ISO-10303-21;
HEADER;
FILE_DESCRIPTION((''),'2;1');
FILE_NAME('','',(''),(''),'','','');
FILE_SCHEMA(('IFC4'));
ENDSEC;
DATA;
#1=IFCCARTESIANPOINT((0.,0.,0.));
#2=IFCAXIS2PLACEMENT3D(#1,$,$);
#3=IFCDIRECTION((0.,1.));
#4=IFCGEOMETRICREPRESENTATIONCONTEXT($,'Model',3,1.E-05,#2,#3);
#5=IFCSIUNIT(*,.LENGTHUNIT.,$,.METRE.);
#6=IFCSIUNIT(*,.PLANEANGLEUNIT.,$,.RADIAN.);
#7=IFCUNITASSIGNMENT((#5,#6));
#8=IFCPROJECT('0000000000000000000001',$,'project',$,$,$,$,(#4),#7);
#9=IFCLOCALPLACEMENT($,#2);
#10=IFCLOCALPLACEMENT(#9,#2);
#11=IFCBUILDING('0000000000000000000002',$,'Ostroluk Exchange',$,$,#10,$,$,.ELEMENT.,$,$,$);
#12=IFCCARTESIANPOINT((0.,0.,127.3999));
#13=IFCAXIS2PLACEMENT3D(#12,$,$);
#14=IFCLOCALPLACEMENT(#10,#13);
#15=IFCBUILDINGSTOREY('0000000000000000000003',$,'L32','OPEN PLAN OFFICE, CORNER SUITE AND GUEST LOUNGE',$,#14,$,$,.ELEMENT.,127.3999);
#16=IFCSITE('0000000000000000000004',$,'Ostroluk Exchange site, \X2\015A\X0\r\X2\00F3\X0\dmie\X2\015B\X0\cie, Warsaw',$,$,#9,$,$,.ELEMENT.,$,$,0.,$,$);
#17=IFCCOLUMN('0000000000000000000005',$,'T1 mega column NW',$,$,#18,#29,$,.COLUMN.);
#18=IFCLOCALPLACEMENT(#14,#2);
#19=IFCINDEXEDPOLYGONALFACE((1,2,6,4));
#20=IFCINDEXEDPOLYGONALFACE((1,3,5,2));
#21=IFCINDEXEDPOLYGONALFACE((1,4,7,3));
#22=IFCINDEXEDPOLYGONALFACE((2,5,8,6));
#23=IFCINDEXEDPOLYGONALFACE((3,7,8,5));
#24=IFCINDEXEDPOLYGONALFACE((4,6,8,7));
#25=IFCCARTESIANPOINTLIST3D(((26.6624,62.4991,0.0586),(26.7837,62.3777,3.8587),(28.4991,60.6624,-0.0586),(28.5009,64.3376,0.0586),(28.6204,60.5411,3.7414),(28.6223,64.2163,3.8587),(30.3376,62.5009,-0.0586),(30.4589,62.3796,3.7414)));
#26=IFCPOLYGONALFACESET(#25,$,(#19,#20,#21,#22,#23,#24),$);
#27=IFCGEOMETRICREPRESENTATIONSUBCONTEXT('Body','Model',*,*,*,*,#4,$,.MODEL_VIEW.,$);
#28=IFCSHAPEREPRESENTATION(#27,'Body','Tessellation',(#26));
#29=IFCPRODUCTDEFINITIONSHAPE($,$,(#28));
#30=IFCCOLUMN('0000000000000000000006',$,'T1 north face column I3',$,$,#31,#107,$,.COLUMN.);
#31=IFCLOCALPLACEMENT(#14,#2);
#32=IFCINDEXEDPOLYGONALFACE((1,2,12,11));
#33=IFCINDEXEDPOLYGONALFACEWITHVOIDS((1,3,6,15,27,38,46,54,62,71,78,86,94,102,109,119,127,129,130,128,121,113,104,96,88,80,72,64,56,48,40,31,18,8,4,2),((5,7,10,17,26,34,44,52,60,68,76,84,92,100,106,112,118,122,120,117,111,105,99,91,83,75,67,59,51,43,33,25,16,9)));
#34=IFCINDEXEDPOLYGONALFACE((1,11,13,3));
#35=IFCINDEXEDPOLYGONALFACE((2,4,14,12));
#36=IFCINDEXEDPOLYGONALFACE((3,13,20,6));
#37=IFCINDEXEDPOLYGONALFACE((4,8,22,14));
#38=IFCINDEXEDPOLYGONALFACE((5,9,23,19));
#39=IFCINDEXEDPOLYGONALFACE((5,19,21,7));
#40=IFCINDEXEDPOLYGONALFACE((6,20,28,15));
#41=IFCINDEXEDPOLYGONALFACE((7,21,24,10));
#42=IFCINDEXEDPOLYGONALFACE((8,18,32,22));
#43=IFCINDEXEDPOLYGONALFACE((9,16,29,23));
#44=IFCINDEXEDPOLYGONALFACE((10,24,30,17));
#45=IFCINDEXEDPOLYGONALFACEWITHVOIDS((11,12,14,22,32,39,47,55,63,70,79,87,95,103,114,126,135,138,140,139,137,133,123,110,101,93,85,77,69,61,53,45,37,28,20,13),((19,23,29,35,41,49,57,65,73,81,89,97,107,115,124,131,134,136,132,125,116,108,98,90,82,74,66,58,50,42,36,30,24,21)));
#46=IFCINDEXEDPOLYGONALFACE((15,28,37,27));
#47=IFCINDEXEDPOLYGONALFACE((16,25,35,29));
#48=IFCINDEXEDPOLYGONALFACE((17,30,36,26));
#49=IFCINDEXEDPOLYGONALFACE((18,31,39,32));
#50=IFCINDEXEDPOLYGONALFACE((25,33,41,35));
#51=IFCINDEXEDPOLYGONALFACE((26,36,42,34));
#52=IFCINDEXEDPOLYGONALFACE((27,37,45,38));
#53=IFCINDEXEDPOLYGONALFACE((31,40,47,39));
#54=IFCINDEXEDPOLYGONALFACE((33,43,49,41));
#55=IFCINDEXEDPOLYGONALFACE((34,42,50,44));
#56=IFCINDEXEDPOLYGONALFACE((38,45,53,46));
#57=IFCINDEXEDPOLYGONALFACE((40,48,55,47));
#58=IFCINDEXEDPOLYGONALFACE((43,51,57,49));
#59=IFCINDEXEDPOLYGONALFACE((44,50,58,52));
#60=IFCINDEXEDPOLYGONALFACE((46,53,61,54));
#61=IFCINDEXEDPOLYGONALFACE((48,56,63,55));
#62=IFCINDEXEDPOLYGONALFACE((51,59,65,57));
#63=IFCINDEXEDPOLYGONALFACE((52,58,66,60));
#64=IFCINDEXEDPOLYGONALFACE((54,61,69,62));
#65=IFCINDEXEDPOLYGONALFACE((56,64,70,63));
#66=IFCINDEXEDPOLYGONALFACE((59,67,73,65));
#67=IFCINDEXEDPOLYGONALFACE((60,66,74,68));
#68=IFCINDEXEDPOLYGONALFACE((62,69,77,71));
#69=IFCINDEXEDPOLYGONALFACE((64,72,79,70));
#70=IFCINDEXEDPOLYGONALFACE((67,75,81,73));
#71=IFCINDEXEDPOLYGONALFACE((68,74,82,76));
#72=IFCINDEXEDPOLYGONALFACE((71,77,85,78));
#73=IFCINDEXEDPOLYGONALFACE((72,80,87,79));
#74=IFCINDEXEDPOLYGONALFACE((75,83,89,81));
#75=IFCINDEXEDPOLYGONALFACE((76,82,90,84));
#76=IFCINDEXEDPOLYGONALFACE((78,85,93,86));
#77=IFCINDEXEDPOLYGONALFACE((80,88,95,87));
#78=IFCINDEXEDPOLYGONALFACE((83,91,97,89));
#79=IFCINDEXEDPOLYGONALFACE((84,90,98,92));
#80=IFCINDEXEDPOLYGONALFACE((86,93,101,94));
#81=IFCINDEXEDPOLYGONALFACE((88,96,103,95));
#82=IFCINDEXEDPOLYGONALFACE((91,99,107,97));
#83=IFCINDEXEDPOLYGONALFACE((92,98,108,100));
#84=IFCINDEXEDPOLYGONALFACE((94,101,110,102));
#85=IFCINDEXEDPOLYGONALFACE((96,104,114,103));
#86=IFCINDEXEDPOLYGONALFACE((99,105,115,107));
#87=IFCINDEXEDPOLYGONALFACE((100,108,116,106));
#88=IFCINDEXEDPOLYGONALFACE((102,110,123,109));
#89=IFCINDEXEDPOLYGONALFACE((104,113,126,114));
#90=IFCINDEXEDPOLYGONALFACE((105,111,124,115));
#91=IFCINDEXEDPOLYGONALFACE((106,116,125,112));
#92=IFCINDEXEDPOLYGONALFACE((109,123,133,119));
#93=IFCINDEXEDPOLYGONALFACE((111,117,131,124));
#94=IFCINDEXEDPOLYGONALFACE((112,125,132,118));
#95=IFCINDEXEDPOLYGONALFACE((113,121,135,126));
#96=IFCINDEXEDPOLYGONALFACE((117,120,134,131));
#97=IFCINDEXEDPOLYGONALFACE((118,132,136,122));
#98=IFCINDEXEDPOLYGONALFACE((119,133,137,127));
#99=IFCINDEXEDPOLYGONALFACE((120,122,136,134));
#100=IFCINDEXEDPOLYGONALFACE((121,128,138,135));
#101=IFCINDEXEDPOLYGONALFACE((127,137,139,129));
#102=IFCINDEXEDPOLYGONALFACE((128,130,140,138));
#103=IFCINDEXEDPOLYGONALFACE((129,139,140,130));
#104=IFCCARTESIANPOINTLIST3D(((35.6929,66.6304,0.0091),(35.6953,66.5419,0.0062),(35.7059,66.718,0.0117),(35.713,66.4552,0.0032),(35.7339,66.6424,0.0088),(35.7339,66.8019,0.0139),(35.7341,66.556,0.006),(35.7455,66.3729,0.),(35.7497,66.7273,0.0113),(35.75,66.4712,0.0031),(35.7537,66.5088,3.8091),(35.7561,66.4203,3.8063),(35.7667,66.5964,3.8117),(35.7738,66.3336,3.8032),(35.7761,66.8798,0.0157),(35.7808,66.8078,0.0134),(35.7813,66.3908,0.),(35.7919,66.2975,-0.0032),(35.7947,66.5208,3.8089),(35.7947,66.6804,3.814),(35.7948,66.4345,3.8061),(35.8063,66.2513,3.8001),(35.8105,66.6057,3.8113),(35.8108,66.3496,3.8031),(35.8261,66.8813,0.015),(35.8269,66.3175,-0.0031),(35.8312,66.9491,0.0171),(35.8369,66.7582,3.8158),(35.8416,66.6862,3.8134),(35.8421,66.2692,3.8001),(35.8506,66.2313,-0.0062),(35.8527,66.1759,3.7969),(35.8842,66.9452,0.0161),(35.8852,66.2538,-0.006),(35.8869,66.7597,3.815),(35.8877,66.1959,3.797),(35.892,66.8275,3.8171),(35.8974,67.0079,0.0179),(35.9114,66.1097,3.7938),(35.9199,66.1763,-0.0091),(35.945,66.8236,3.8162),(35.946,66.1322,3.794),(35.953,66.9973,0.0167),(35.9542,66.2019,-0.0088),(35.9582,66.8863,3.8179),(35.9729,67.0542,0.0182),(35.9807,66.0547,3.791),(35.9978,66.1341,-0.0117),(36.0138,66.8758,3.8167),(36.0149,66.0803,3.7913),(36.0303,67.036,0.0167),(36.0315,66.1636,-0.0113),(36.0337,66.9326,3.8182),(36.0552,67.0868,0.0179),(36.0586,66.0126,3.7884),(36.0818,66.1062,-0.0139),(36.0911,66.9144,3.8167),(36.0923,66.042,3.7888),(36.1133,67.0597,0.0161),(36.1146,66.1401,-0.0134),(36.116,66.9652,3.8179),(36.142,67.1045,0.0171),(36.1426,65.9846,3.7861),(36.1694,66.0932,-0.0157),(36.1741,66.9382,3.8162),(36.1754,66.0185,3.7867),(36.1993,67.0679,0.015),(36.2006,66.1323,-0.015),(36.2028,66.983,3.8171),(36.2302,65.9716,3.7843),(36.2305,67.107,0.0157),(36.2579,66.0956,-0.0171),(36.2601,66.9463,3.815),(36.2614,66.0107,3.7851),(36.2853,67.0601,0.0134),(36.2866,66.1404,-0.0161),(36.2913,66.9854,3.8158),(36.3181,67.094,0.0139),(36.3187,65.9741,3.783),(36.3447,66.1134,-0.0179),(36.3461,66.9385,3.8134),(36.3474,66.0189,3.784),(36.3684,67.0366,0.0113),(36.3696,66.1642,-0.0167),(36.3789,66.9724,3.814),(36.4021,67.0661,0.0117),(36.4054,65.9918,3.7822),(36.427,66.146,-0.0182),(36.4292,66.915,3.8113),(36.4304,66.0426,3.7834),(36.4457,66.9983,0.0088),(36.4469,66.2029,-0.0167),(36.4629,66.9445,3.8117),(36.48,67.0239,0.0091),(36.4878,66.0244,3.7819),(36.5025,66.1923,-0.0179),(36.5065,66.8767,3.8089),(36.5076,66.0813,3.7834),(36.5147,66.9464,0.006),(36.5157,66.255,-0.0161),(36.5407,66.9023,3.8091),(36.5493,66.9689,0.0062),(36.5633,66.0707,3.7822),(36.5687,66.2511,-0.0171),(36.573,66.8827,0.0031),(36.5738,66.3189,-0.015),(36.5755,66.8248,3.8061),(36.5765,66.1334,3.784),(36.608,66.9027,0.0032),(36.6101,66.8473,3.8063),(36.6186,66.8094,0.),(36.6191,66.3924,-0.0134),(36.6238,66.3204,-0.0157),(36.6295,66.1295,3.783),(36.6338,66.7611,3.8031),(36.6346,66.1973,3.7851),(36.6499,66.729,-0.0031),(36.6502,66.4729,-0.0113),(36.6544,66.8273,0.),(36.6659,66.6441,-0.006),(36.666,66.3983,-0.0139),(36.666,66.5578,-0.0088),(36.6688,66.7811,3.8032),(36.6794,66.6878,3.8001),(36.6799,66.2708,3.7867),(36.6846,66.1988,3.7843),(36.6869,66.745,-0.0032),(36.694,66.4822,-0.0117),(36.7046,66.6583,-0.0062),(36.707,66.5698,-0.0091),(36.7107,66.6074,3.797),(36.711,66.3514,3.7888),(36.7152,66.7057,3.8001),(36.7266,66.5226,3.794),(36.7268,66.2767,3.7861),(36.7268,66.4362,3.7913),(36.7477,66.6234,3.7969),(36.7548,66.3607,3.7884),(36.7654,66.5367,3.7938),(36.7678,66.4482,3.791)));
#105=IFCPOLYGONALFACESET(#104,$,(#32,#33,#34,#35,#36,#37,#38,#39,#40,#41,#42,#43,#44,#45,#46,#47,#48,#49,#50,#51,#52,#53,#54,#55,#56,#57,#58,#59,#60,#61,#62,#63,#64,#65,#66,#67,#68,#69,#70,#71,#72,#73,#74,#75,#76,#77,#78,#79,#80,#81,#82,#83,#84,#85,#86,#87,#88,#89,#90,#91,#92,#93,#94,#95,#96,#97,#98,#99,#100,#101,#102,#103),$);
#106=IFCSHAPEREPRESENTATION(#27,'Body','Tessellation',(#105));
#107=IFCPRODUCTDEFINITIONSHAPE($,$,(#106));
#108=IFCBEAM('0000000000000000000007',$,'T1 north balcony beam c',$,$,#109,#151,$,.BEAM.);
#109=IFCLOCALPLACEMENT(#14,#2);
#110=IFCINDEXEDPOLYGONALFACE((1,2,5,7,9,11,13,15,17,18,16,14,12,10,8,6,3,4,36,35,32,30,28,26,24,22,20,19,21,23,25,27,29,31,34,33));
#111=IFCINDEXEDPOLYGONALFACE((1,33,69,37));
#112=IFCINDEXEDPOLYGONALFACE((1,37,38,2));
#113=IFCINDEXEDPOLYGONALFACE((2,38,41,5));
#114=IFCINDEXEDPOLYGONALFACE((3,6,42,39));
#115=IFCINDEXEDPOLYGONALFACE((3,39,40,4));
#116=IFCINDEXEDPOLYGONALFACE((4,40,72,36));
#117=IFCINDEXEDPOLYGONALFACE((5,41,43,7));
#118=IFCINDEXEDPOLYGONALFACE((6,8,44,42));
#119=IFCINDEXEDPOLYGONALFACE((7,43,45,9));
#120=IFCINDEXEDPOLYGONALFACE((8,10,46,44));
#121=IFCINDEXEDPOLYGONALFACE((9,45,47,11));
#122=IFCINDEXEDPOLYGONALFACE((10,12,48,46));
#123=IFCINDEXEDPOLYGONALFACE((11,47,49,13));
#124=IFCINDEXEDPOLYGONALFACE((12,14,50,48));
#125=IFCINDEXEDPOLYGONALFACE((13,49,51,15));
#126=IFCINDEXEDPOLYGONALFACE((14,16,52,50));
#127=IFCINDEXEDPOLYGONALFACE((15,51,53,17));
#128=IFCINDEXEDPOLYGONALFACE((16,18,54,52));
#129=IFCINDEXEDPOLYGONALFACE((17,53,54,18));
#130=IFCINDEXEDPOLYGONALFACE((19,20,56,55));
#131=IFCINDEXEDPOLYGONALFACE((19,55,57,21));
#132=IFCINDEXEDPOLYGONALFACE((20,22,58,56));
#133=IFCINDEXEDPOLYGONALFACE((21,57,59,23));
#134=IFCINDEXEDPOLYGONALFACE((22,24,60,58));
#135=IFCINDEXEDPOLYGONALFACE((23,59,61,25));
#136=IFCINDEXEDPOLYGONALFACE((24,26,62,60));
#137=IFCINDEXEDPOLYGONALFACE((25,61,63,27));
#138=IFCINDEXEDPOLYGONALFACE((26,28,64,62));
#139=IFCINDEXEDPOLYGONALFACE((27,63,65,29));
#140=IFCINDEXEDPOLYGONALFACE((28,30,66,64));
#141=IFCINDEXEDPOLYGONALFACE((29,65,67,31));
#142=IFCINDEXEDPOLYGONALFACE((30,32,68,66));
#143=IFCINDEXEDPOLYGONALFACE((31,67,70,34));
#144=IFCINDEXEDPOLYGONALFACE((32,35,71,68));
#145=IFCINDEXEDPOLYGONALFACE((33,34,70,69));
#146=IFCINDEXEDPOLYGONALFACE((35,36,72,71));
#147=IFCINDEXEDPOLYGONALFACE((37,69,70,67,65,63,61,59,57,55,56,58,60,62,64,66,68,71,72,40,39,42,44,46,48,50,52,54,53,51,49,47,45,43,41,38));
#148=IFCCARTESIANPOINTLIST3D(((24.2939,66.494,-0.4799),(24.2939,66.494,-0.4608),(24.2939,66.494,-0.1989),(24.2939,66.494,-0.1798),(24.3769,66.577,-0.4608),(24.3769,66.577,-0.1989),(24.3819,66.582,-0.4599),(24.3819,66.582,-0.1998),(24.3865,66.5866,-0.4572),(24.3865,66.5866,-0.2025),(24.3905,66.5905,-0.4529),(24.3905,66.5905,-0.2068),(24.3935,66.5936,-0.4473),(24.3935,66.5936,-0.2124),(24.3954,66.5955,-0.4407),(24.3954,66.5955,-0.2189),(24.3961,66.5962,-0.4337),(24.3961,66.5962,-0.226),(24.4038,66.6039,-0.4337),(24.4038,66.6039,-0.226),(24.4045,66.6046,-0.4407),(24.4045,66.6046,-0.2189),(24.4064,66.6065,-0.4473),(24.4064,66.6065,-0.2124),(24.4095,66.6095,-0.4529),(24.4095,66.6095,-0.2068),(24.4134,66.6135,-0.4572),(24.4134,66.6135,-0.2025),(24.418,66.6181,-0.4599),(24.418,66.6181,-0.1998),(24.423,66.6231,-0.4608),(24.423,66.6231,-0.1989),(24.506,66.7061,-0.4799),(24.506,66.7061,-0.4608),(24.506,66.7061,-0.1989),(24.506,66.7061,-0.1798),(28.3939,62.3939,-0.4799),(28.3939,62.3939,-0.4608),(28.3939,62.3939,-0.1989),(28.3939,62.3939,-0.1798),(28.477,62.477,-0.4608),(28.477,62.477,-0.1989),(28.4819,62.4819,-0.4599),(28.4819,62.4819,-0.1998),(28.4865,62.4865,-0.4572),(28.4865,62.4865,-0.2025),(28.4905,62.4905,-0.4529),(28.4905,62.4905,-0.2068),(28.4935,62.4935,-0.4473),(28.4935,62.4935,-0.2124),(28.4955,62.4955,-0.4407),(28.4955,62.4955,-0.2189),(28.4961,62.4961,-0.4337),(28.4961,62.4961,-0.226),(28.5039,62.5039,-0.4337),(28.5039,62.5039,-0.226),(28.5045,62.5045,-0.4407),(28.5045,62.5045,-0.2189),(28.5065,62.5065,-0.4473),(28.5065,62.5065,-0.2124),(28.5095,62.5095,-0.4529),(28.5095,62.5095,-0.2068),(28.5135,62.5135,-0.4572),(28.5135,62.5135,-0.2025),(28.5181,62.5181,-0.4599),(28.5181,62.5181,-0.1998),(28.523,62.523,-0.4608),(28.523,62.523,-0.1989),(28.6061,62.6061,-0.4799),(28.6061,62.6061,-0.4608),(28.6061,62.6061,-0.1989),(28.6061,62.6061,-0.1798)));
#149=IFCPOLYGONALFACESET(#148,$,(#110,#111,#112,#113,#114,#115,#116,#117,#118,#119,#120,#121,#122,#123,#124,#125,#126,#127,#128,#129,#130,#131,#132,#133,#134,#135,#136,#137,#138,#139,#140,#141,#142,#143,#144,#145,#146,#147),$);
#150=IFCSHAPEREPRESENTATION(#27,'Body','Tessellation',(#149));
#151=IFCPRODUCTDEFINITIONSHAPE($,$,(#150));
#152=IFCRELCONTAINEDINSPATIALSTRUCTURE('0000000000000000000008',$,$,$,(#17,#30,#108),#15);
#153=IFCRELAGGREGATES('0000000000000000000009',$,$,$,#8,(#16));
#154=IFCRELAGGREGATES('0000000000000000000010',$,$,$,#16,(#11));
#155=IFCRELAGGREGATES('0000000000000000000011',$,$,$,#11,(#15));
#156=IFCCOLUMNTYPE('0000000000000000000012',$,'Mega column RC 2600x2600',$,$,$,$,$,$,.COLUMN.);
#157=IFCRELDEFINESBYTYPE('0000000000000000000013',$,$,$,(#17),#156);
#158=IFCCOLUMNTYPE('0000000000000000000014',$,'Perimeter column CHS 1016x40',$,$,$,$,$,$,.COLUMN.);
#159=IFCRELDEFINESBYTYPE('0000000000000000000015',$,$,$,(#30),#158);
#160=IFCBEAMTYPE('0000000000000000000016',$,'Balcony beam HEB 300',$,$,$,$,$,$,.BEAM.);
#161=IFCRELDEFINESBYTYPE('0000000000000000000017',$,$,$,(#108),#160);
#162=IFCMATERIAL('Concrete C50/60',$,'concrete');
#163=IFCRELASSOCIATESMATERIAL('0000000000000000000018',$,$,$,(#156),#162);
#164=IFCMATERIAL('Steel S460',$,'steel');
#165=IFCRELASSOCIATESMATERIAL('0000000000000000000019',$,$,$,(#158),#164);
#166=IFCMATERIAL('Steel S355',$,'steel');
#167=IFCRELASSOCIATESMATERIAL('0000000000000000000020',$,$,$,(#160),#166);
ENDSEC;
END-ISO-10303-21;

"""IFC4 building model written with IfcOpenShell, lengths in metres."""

from ifc_helpers import new_model, si_unit, direction, frame, origin, origin_2d, place, context, subcontext, project, spatial, rectangle, hollow_circle, i_section, extrude, material, material_profile, profile_set, type_object, element, save


model = new_model("IFC4")

# Units and contexts
model_context = context("Model", 3, precision=1e-05, world=origin(), true_north=direction((0.0, 1.0)))
body_context = subcontext(model_context, "Body", "Model", "MODEL_VIEW")
ifc_project = project(units=[si_unit("LENGTHUNIT", "METRE"), si_unit("PLANEANGLEUNIT", "RADIAN")], contexts=[model_context])

# Site, building, storey
site_placement = place(None, origin())
site = spatial("IfcSite", under=ifc_project, at=site_placement, Name="Ostroluk Exchange site, Śródmieście, Warsaw", CompositionType="ELEMENT", RefElevation=0.0)
building_placement = place(site_placement, origin())
building = spatial("IfcBuilding", under=site, at=building_placement, Name="Ostroluk Exchange", CompositionType="ELEMENT")
storey_placement = place(building_placement, frame((0.0, 0.0, 127.3999)))
storey = spatial("IfcBuildingStorey", under=building, at=storey_placement, Name="L32", Description="OPEN PLAN OFFICE, CORNER SUITE AND GUEST LOUNGE", CompositionType="ELEMENT", Elevation=127.3999)

# Columns
ifc_material_1 = material(Name="Concrete C50/60", Category="concrete")
ifc_material_profile_1 = material_profile(ifc_material_1, rectangle(XDim=2.6001, YDim=2.6001, at=origin_2d()), Name="RC 2600x2600")
ifc_profile_set_1 = profile_set([ifc_material_profile_1], Name="Concrete C50/60")
column_type_1 = type_object("IfcColumnType", Name="Mega column RC 2600x2600", PredefinedType="COLUMN", material=ifc_profile_set_1)
column_1_placement = place(storey_placement, frame((28.5, 62.5, 0.0), z_axis=(0.031898, -0.031898, 0.998982), x_axis=(0.707107, 0.707107, 0.0)))
element("IfcColumn", 1, at=column_1_placement, inside=storey, type_object=column_type_1, Name="T1 mega column NW", PredefinedType="COLUMN", context=body_context, shape_type="SweptSolid", body=[
    extrude(rectangle(XDim=2.6001, YDim=2.6001, at=origin_2d()), origin(), (0.0, 0.0, 1.0), 3.804),
])
ifc_material_2 = material(Name="Steel S460", Category="steel")
ifc_material_profile_2 = material_profile(ifc_material_2, hollow_circle(Radius=0.5081, WallThickness=0.04, at=origin_2d()), Name="CHS 1016x40")
ifc_profile_set_2 = profile_set([ifc_material_profile_2], Name="Steel S460")
column_type_2 = type_object("IfcColumnType", Name="Perimeter column CHS 1016x40", PredefinedType="COLUMN", material=ifc_profile_set_2)
column_2_placement = place(storey_placement, frame((36.2, 66.6001, 0.0), z_axis=(0.015987, -0.031974, 0.999361), x_axis=(0.894427, 0.447214, 0.0)))
element("IfcColumn", 2, at=column_2_placement, inside=storey, type_object=column_type_2, Name="T1 north face column I3", PredefinedType="COLUMN", context=body_context, shape_type="SweptSolid", body=[
    extrude(hollow_circle(Radius=0.5081, WallThickness=0.04, at=origin_2d()), origin(), (0.0, 0.0, 1.0), 3.8025),
])

# Beam
ifc_material_3 = material(Name="Steel S355", Category="steel")
ifc_material_profile_3 = material_profile(ifc_material_3, i_section(OverallWidth=0.3, OverallDepth=0.3, WebThickness=0.011, FlangeThickness=0.019, FilletRadius=0.0271, at=origin_2d()), Name="HEB 300")
ifc_profile_set_3 = profile_set([ifc_material_profile_3], Name="Steel S355")
beam_type_1 = type_object("IfcBeamType", Name="Balcony beam HEB 300", PredefinedType="BEAM", material=ifc_profile_set_3)
beam_1_placement = place(storey_placement, frame((28.5, 62.5, -0.3298), z_axis=(-0.707107, 0.707107, 0.0), x_axis=(-0.707107, -0.707107, 0.0)))
element("IfcBeam", 3, at=beam_1_placement, inside=storey, type_object=beam_type_1, Name="T1 north balcony beam c", PredefinedType="BEAM", context=body_context, shape_type="SweptSolid", body=[
    extrude(i_section(OverallWidth=0.3, OverallDepth=0.3, WebThickness=0.011, FlangeThickness=0.019, FilletRadius=0.0271, at=origin_2d()), origin(), (0.0, 0.0, 1.0), 5.7983),
])

save(model, "model.ifc")
